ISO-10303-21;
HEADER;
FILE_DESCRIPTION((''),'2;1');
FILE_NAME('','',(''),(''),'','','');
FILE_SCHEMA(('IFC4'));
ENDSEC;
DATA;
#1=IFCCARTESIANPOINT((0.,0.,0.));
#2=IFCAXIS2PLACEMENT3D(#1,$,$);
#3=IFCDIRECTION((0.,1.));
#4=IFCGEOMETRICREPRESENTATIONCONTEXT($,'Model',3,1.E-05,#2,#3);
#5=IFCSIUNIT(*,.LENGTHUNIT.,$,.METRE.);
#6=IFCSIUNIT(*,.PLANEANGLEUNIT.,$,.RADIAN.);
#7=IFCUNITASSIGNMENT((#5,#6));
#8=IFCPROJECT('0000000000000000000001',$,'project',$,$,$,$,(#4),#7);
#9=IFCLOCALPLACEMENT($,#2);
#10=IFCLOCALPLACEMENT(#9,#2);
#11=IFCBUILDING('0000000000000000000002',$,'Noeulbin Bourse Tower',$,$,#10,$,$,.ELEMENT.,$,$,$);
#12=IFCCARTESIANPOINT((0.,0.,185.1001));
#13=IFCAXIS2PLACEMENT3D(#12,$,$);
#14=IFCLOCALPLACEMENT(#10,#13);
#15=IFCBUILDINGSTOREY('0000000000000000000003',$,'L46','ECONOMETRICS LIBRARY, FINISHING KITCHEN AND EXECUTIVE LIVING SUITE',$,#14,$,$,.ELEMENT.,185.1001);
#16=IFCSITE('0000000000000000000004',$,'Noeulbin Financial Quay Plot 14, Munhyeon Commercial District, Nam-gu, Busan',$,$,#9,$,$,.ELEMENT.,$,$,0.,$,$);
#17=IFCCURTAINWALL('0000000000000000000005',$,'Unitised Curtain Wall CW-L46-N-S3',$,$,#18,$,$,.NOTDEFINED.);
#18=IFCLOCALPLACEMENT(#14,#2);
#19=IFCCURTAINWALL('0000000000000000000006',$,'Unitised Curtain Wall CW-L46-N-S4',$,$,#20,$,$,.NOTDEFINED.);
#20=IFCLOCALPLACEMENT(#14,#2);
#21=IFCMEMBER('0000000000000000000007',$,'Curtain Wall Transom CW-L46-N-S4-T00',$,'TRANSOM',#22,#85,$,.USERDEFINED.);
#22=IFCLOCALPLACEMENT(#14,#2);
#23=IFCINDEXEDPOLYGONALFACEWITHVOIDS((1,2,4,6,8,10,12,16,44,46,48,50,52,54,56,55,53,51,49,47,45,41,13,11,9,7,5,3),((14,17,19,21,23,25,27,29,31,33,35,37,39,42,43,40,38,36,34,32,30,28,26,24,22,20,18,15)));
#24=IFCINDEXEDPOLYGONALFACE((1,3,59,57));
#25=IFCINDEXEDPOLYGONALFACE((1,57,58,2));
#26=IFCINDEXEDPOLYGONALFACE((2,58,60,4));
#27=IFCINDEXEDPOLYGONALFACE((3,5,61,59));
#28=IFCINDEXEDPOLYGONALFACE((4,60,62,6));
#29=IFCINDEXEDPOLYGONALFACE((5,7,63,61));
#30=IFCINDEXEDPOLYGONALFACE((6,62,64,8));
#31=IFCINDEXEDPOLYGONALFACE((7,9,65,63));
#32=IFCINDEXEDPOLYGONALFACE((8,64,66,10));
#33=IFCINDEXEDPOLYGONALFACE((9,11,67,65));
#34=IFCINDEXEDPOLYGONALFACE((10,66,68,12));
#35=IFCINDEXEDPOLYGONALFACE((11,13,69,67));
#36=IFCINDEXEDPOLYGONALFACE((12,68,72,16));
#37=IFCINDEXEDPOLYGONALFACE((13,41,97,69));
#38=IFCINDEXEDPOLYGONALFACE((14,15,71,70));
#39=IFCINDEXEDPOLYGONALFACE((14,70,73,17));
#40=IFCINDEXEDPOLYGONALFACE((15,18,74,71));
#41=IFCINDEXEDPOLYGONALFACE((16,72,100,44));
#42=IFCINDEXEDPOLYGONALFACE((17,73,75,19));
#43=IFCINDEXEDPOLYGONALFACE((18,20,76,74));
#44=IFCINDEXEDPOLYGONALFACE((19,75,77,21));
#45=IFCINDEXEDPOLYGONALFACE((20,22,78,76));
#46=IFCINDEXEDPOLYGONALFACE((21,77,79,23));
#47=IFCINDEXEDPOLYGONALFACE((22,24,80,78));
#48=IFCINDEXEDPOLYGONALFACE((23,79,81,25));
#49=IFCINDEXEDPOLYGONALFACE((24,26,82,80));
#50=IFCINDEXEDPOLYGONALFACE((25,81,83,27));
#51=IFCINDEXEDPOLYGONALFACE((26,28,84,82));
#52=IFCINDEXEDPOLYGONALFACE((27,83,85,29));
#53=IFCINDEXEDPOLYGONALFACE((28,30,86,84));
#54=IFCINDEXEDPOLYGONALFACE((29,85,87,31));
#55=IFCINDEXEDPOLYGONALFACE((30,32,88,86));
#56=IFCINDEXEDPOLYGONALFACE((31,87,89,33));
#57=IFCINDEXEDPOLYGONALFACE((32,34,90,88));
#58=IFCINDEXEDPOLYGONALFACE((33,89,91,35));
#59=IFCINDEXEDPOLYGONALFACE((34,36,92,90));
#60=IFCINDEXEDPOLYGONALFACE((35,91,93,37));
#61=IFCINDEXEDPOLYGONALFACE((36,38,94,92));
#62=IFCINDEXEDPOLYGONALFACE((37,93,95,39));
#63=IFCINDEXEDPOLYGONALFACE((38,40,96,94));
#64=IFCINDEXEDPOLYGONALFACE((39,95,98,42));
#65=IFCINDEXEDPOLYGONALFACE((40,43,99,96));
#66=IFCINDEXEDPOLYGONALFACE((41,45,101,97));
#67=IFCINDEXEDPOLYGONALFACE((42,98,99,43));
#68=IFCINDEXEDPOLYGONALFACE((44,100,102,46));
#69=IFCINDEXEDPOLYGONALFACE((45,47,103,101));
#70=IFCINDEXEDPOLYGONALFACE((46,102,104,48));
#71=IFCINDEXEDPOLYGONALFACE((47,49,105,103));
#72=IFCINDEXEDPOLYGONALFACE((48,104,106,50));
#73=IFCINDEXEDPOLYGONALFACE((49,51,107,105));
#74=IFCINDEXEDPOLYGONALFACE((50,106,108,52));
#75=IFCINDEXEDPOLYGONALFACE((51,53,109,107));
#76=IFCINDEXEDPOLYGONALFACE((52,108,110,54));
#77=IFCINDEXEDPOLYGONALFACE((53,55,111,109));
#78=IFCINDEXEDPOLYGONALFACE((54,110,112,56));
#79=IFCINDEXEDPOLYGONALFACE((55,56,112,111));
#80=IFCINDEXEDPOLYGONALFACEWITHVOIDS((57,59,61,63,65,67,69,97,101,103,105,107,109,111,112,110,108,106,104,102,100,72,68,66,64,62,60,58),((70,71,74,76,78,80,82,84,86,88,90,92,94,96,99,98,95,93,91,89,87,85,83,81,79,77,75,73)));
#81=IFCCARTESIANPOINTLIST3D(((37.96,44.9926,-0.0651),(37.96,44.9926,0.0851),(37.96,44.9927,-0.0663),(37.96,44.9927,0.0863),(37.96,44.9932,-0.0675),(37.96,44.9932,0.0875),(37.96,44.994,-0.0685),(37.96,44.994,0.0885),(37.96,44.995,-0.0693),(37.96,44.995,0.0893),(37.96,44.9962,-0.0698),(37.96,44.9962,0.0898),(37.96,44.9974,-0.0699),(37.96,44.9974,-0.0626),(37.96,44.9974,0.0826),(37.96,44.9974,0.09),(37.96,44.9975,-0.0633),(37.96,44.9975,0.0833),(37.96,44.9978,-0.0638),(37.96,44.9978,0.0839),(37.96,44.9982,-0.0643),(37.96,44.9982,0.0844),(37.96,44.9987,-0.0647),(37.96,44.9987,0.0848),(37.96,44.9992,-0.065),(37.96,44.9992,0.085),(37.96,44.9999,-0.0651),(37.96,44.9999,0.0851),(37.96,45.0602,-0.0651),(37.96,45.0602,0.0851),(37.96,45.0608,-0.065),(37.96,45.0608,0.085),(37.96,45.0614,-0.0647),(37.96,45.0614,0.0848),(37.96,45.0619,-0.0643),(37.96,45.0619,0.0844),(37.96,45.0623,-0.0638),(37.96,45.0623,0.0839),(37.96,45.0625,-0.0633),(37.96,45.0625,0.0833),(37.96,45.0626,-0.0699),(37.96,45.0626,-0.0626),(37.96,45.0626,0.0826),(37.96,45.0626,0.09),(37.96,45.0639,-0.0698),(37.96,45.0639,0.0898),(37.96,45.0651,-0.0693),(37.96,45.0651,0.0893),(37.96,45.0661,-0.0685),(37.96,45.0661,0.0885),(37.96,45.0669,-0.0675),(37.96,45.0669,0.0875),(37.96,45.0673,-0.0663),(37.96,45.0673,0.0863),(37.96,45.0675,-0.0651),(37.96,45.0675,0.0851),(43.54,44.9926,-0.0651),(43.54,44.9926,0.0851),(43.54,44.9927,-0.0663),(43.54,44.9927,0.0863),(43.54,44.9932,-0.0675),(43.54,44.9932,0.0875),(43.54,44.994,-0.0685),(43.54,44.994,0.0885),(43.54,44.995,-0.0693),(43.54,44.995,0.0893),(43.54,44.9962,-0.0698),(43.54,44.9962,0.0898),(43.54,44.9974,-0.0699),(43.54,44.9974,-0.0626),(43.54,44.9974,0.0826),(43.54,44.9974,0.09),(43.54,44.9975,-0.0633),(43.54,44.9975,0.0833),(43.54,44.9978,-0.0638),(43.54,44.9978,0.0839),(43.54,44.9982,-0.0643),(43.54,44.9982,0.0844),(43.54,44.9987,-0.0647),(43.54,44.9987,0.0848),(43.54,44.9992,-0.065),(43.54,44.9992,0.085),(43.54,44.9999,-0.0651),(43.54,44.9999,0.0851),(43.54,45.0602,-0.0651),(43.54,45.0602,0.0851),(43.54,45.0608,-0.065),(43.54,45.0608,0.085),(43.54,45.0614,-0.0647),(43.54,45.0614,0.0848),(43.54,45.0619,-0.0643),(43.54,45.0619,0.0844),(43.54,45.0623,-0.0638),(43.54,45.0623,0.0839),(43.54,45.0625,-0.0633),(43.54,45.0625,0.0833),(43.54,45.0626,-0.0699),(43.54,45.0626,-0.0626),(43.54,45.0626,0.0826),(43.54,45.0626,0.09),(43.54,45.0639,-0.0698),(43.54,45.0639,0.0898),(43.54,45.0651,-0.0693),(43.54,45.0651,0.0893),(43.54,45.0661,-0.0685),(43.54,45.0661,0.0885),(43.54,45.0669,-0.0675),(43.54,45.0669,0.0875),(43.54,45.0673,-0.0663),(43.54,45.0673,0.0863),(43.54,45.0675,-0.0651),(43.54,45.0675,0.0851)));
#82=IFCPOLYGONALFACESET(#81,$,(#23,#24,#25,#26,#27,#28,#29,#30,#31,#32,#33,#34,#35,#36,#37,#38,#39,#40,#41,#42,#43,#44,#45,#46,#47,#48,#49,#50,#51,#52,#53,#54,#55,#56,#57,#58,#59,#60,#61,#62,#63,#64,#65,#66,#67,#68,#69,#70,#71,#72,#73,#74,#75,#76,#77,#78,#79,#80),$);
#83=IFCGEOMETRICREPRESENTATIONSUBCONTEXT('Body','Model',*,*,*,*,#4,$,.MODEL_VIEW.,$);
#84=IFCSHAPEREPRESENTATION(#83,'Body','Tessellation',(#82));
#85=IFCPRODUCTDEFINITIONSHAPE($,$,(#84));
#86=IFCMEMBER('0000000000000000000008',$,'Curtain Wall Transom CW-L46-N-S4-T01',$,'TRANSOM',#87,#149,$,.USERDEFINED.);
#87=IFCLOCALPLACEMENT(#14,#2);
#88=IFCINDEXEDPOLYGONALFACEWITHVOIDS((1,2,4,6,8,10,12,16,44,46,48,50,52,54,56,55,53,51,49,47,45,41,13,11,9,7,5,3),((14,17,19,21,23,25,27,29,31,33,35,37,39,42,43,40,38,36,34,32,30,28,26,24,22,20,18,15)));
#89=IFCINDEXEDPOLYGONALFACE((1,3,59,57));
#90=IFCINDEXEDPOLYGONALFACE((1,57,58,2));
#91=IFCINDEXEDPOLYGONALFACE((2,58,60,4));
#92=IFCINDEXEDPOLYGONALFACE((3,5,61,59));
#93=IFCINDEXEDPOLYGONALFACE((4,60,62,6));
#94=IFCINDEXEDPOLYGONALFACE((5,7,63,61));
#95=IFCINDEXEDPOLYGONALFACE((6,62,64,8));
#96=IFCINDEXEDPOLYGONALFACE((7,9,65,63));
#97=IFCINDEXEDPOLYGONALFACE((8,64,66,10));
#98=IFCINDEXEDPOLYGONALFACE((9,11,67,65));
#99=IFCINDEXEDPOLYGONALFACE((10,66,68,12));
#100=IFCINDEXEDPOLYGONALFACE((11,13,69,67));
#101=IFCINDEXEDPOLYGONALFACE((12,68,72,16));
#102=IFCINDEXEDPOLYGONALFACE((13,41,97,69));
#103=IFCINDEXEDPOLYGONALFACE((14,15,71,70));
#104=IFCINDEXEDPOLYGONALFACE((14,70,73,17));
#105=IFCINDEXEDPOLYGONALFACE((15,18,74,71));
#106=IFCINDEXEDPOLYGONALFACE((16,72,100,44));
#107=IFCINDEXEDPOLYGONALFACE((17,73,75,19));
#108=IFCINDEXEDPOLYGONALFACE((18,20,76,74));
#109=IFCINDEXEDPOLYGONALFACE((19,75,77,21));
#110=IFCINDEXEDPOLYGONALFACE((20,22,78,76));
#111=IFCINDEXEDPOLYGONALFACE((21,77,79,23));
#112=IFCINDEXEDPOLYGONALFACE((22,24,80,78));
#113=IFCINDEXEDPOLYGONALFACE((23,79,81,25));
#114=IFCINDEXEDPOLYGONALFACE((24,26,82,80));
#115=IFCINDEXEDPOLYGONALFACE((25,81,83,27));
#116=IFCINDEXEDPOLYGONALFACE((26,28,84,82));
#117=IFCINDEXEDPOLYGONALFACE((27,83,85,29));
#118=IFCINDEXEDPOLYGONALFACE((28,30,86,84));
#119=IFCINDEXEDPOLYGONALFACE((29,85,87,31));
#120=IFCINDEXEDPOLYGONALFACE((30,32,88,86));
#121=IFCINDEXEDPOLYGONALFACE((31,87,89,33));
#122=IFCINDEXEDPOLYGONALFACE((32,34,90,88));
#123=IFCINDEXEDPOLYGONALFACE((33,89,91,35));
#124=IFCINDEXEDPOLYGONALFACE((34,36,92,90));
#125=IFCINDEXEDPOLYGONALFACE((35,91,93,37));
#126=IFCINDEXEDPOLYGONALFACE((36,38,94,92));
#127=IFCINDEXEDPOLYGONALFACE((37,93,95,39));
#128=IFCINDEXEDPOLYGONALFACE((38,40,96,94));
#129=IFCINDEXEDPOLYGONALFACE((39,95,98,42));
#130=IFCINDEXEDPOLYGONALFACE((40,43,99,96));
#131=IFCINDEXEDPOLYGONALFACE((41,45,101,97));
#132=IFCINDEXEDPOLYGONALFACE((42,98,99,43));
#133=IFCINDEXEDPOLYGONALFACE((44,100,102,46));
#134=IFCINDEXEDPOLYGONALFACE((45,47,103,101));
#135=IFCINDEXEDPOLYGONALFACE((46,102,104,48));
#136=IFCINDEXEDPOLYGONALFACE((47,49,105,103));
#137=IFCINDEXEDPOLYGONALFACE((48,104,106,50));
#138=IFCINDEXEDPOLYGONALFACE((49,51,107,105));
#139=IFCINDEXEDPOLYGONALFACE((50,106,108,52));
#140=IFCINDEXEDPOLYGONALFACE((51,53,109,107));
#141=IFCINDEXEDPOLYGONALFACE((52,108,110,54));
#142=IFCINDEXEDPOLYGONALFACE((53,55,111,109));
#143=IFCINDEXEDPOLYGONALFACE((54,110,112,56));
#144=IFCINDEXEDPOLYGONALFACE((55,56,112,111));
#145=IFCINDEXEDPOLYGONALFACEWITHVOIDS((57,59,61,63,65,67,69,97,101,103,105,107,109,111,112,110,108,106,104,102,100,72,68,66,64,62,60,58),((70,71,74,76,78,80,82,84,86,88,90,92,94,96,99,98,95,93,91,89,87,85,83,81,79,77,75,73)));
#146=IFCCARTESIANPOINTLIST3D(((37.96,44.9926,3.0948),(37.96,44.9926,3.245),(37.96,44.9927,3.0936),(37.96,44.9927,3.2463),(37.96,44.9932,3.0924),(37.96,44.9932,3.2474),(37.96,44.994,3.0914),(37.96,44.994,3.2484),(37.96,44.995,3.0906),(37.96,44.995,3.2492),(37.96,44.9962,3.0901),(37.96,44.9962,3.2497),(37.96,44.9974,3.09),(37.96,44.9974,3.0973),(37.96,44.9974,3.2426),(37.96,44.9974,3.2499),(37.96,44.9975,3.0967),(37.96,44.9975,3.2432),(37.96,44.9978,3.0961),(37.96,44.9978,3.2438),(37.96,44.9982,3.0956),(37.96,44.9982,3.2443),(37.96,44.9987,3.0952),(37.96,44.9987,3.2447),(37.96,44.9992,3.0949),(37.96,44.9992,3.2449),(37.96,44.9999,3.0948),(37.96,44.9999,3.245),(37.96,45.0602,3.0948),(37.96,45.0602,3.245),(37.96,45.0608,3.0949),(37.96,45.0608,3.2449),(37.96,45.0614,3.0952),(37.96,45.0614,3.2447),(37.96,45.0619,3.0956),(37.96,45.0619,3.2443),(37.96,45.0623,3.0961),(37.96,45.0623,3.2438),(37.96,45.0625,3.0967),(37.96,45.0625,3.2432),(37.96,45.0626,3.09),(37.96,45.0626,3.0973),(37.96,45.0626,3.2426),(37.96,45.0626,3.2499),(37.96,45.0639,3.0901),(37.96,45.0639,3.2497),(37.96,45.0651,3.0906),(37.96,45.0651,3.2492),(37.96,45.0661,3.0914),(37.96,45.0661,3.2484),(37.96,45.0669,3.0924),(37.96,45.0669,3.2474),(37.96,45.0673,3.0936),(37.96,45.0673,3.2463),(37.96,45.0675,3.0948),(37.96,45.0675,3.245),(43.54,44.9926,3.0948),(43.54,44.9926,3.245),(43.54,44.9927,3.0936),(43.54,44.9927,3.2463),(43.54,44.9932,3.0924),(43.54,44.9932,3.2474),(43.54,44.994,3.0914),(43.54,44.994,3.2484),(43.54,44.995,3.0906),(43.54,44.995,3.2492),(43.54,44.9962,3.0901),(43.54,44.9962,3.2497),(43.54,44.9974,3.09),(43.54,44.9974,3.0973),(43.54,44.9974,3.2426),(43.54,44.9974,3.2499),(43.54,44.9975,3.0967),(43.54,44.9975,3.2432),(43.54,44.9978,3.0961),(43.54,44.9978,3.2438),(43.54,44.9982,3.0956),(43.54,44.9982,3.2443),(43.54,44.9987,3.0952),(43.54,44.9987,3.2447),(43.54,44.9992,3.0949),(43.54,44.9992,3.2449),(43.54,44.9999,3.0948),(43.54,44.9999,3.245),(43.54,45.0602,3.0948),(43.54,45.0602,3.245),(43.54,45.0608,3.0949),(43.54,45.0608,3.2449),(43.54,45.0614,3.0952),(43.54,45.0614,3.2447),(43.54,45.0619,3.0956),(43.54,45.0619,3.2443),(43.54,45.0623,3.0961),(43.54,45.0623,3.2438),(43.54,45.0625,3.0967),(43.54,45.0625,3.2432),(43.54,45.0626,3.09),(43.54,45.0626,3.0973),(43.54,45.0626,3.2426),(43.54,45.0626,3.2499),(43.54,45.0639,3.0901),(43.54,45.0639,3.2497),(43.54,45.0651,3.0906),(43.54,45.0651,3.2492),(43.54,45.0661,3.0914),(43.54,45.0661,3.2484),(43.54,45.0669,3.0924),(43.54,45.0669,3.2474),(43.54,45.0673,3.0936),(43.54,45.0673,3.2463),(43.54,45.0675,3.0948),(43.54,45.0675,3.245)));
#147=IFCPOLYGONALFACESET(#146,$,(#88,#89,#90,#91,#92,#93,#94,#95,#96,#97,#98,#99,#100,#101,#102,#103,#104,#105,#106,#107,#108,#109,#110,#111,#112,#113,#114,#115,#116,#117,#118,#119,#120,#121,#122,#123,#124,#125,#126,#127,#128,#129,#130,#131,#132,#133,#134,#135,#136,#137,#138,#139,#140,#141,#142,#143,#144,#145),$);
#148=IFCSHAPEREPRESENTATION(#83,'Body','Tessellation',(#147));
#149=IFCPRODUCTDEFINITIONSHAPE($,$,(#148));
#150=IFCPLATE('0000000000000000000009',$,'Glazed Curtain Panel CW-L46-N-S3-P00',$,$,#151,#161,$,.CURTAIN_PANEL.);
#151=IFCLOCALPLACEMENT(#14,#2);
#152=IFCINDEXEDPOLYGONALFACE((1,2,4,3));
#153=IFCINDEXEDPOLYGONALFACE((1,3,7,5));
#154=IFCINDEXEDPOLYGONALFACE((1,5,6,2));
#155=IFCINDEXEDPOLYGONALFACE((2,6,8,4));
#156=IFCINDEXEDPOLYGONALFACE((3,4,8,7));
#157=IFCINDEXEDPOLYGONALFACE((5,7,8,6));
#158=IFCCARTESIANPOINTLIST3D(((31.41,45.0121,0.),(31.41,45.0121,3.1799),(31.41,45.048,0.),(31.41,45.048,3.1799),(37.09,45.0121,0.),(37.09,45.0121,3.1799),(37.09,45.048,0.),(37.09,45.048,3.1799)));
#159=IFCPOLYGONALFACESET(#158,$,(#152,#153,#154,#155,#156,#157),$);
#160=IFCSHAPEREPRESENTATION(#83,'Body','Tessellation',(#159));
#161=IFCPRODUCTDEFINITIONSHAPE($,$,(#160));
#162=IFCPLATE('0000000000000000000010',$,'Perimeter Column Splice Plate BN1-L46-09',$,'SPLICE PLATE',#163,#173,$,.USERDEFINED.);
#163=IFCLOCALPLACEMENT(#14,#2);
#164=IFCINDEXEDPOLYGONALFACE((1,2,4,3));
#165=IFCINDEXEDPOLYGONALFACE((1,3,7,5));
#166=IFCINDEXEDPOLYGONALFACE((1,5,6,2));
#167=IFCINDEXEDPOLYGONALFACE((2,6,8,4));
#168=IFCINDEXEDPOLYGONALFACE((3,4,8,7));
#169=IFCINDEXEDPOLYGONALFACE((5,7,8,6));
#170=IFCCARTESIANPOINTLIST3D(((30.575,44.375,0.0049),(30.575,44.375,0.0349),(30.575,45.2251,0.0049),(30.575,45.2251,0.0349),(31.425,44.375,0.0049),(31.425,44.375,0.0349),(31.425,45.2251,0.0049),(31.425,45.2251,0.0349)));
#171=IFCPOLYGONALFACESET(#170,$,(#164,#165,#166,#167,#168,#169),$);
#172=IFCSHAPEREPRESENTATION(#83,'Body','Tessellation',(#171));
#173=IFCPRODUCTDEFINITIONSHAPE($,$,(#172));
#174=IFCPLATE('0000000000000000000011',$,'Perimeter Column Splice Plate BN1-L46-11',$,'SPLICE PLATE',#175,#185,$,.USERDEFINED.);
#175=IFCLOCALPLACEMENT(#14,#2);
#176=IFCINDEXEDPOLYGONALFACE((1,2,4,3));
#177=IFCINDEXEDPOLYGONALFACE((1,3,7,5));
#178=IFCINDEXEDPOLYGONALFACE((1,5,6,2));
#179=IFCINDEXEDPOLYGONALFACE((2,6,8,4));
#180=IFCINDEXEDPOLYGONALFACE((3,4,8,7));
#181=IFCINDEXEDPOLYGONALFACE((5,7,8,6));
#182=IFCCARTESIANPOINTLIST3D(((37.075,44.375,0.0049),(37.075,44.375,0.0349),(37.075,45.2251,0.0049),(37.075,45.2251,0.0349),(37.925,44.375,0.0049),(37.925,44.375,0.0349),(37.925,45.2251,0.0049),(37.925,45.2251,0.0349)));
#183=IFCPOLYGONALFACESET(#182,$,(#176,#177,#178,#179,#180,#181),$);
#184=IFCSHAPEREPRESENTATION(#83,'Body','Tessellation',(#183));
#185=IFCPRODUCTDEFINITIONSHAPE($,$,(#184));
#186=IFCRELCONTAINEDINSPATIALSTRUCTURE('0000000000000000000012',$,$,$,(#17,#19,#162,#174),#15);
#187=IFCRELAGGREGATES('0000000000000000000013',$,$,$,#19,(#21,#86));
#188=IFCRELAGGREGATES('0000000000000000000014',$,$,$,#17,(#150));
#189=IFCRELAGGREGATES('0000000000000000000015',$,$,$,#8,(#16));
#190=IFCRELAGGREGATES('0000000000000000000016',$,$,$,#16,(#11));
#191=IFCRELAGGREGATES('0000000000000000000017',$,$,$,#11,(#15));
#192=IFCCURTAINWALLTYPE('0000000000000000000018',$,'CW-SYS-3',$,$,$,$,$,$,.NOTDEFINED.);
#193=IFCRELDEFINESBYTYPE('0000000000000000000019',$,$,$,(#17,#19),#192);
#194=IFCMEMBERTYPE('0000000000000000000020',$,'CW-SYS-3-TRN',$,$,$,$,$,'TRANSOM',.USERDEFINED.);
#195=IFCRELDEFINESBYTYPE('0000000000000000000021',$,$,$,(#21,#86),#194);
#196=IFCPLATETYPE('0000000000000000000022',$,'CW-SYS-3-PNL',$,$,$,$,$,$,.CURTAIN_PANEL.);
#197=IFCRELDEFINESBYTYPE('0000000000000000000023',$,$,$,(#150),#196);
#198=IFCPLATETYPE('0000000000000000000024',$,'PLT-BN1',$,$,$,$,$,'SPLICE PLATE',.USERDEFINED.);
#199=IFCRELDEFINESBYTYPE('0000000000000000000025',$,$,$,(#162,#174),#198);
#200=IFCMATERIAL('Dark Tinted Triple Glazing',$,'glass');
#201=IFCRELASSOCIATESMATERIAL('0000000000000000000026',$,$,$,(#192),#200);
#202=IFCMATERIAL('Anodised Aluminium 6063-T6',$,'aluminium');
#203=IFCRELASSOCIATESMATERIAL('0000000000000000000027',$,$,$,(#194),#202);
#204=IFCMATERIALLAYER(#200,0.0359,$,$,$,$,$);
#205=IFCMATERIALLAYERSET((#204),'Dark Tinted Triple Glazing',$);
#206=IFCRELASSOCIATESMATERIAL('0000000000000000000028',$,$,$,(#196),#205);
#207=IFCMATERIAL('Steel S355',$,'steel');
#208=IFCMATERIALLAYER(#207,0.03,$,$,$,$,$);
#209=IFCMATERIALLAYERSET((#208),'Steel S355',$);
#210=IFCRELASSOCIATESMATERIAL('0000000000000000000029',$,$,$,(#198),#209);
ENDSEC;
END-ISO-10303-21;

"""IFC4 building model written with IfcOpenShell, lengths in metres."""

from ifc_helpers import new_model, si_unit, direction, frame, origin, origin_2d, place, context, subcontext, project, spatial, rectangle, hollow_rectangle, extrude, material, layer, layer_set, material_profile, profile_set, type_object, element, aggregate, save


model = new_model("IFC4")

# Units and contexts
model_context = context("Model", 3, precision=1e-05, world=origin(), true_north=direction((0.0, 1.0)))
body_context = subcontext(model_context, "Body", "Model", "MODEL_VIEW")
ifc_project = project(units=[si_unit("LENGTHUNIT", "METRE"), si_unit("PLANEANGLEUNIT", "RADIAN")], contexts=[model_context])

# Site, building, storey
site_placement = place(None, origin())
site = spatial("IfcSite", under=ifc_project, at=site_placement, Name="Noeulbin Financial Quay Plot 14, Munhyeon Commercial District, Nam-gu, Busan", CompositionType="ELEMENT", RefElevation=0.0)
building_placement = place(site_placement, origin())
building = spatial("IfcBuilding", under=site, at=building_placement, Name="Noeulbin Bourse Tower", CompositionType="ELEMENT")
storey_placement = place(building_placement, frame((0.0, 0.0, 185.1001)))
storey = spatial("IfcBuildingStorey", under=building, at=storey_placement, Name="L46", Description="ECONOMETRICS LIBRARY, FINISHING KITCHEN AND EXECUTIVE LIVING SUITE", CompositionType="ELEMENT", Elevation=185.1001)

# Shared definitions
ifc_material_1 = material(Name="Steel S355", Category="steel")

# Shared definitions
ifc_material_2 = material(Name="Dark Tinted Triple Glazing", Category="glass")
curtain_wall_type = type_object("IfcCurtainWallType", Name="CW-SYS-3", PredefinedType="NOTDEFINED", material=ifc_material_2)
ifc_material_3 = material(Name="Anodised Aluminium 6063-T6", Category="aluminium")

# Curtain wall
curtain_wall_1_placement = place(storey_placement, origin())
curtain_wall_1 = element("IfcCurtainWall", 1, at=curtain_wall_1_placement, inside=storey, type_object=curtain_wall_type, Name="Unitised Curtain Wall CW-L46-N-S3", PredefinedType="NOTDEFINED")

# Curtain wall
curtain_wall_2_placement = place(storey_placement, origin())
curtain_wall_2 = element("IfcCurtainWall", 2, at=curtain_wall_2_placement, inside=storey, type_object=curtain_wall_type, Name="Unitised Curtain Wall CW-L46-N-S4", PredefinedType="NOTDEFINED")

# Members
ifc_material_profile_1 = material_profile(ifc_material_3, hollow_rectangle(XDim=0.075, YDim=0.1599, WallThickness=0.0049, InnerFilletRadius=0.0024, OuterFilletRadius=0.0049, at=origin_2d()), Name="ALU-TRAN-75x160x5", Category="LoadBearing")
ifc_profile_set_1 = profile_set([ifc_material_profile_1], Name="Anodised Aluminium 6063-T6")
member_type_1 = type_object("IfcMemberType", Name="CW-SYS-3-TRN", ElementType="TRANSOM", PredefinedType="USERDEFINED", material=ifc_profile_set_1)
member_1_placement = place(storey_placement, frame((37.96, 45.03, 0.01), z_axis=(1.0, 0.0, 0.0), x_axis=(0.0, 1.0, 0.0)))
member_1 = element("IfcMember", 3, at=member_1_placement, type_object=member_type_1, Name="Curtain Wall Transom CW-L46-N-S4-T00", ObjectType="TRANSOM", PredefinedType="USERDEFINED", context=body_context, shape_type="SweptSolid", body=[
    extrude(hollow_rectangle(XDim=0.075, YDim=0.1599, WallThickness=0.0049, InnerFilletRadius=0.0024, OuterFilletRadius=0.0049, at=origin_2d()), origin(), (0.0, 0.0, 1.0), 5.5801),
])
member_2_placement = place(storey_placement, frame((37.96, 45.03, 3.1699), z_axis=(1.0, 0.0, 0.0), x_axis=(0.0, 1.0, 0.0)))
member_2 = element("IfcMember", 4, at=member_2_placement, type_object=member_type_1, Name="Curtain Wall Transom CW-L46-N-S4-T01", ObjectType="TRANSOM", PredefinedType="USERDEFINED", context=body_context, shape_type="SweptSolid", body=[
    extrude(hollow_rectangle(XDim=0.075, YDim=0.1599, WallThickness=0.0049, InnerFilletRadius=0.0024, OuterFilletRadius=0.0049, at=origin_2d()), origin(), (0.0, 0.0, 1.0), 5.5801),
])
aggregate(curtain_wall_2, [member_1, member_2])

# Plate
ifc_layer_1 = layer(ifc_material_2, 0.0359)
ifc_layer_set_1 = layer_set([ifc_layer_1], Name="Dark Tinted Triple Glazing")
plate_type_1 = type_object("IfcPlateType", Name="CW-SYS-3-PNL", PredefinedType="CURTAIN_PANEL", material=ifc_layer_set_1)
plate_placement = place(storey_placement, frame((34.25, 45.03, 0.0), z_axis=(0.0, 0.0, 1.0), x_axis=(1.0, 0.0, 0.0)))
plate = element("IfcPlate", 5, at=plate_placement, type_object=plate_type_1, Name="Glazed Curtain Panel CW-L46-N-S3-P00", PredefinedType="CURTAIN_PANEL", context=body_context, shape_type="SweptSolid", body=[
    extrude(rectangle(XDim=5.6799, YDim=0.0359, at=origin_2d()), origin(), (0.0, 0.0, 1.0), 3.1799),
])
aggregate(curtain_wall_1, [plate])

# Plates
ifc_layer_2 = layer(ifc_material_1, 0.03)
ifc_layer_set_2 = layer_set([ifc_layer_2], Name="Steel S355")
plate_type_2 = type_object("IfcPlateType", Name="PLT-BN1", ElementType="SPLICE PLATE", PredefinedType="USERDEFINED", material=ifc_layer_set_2)
for number, where, z_axis, x_axis, name in (
    (6, (31.0, 44.8, 0.0049), (0.0, 0.0, 1.0), (1.0, 0.0, 0.0), "Perimeter Column Splice Plate BN1-L46-09"),
    (7, (37.5, 44.8, 0.0049), (0.0, 0.0, 1.0), (1.0, 0.0, 0.0), "Perimeter Column Splice Plate BN1-L46-11"),
):
    element("IfcPlate", number, at=place(storey_placement, frame(where, z_axis=z_axis, x_axis=x_axis)), inside=storey, type_object=plate_type_2, Name=name, ObjectType="SPLICE PLATE", PredefinedType="USERDEFINED", context=body_context, shape_type="SweptSolid", body=[
        extrude(rectangle(XDim=0.8501, YDim=0.8501, at=origin_2d()), origin(), (0.0, 0.0, 1.0), 0.03),
    ])

save(model, "model.ifc")
